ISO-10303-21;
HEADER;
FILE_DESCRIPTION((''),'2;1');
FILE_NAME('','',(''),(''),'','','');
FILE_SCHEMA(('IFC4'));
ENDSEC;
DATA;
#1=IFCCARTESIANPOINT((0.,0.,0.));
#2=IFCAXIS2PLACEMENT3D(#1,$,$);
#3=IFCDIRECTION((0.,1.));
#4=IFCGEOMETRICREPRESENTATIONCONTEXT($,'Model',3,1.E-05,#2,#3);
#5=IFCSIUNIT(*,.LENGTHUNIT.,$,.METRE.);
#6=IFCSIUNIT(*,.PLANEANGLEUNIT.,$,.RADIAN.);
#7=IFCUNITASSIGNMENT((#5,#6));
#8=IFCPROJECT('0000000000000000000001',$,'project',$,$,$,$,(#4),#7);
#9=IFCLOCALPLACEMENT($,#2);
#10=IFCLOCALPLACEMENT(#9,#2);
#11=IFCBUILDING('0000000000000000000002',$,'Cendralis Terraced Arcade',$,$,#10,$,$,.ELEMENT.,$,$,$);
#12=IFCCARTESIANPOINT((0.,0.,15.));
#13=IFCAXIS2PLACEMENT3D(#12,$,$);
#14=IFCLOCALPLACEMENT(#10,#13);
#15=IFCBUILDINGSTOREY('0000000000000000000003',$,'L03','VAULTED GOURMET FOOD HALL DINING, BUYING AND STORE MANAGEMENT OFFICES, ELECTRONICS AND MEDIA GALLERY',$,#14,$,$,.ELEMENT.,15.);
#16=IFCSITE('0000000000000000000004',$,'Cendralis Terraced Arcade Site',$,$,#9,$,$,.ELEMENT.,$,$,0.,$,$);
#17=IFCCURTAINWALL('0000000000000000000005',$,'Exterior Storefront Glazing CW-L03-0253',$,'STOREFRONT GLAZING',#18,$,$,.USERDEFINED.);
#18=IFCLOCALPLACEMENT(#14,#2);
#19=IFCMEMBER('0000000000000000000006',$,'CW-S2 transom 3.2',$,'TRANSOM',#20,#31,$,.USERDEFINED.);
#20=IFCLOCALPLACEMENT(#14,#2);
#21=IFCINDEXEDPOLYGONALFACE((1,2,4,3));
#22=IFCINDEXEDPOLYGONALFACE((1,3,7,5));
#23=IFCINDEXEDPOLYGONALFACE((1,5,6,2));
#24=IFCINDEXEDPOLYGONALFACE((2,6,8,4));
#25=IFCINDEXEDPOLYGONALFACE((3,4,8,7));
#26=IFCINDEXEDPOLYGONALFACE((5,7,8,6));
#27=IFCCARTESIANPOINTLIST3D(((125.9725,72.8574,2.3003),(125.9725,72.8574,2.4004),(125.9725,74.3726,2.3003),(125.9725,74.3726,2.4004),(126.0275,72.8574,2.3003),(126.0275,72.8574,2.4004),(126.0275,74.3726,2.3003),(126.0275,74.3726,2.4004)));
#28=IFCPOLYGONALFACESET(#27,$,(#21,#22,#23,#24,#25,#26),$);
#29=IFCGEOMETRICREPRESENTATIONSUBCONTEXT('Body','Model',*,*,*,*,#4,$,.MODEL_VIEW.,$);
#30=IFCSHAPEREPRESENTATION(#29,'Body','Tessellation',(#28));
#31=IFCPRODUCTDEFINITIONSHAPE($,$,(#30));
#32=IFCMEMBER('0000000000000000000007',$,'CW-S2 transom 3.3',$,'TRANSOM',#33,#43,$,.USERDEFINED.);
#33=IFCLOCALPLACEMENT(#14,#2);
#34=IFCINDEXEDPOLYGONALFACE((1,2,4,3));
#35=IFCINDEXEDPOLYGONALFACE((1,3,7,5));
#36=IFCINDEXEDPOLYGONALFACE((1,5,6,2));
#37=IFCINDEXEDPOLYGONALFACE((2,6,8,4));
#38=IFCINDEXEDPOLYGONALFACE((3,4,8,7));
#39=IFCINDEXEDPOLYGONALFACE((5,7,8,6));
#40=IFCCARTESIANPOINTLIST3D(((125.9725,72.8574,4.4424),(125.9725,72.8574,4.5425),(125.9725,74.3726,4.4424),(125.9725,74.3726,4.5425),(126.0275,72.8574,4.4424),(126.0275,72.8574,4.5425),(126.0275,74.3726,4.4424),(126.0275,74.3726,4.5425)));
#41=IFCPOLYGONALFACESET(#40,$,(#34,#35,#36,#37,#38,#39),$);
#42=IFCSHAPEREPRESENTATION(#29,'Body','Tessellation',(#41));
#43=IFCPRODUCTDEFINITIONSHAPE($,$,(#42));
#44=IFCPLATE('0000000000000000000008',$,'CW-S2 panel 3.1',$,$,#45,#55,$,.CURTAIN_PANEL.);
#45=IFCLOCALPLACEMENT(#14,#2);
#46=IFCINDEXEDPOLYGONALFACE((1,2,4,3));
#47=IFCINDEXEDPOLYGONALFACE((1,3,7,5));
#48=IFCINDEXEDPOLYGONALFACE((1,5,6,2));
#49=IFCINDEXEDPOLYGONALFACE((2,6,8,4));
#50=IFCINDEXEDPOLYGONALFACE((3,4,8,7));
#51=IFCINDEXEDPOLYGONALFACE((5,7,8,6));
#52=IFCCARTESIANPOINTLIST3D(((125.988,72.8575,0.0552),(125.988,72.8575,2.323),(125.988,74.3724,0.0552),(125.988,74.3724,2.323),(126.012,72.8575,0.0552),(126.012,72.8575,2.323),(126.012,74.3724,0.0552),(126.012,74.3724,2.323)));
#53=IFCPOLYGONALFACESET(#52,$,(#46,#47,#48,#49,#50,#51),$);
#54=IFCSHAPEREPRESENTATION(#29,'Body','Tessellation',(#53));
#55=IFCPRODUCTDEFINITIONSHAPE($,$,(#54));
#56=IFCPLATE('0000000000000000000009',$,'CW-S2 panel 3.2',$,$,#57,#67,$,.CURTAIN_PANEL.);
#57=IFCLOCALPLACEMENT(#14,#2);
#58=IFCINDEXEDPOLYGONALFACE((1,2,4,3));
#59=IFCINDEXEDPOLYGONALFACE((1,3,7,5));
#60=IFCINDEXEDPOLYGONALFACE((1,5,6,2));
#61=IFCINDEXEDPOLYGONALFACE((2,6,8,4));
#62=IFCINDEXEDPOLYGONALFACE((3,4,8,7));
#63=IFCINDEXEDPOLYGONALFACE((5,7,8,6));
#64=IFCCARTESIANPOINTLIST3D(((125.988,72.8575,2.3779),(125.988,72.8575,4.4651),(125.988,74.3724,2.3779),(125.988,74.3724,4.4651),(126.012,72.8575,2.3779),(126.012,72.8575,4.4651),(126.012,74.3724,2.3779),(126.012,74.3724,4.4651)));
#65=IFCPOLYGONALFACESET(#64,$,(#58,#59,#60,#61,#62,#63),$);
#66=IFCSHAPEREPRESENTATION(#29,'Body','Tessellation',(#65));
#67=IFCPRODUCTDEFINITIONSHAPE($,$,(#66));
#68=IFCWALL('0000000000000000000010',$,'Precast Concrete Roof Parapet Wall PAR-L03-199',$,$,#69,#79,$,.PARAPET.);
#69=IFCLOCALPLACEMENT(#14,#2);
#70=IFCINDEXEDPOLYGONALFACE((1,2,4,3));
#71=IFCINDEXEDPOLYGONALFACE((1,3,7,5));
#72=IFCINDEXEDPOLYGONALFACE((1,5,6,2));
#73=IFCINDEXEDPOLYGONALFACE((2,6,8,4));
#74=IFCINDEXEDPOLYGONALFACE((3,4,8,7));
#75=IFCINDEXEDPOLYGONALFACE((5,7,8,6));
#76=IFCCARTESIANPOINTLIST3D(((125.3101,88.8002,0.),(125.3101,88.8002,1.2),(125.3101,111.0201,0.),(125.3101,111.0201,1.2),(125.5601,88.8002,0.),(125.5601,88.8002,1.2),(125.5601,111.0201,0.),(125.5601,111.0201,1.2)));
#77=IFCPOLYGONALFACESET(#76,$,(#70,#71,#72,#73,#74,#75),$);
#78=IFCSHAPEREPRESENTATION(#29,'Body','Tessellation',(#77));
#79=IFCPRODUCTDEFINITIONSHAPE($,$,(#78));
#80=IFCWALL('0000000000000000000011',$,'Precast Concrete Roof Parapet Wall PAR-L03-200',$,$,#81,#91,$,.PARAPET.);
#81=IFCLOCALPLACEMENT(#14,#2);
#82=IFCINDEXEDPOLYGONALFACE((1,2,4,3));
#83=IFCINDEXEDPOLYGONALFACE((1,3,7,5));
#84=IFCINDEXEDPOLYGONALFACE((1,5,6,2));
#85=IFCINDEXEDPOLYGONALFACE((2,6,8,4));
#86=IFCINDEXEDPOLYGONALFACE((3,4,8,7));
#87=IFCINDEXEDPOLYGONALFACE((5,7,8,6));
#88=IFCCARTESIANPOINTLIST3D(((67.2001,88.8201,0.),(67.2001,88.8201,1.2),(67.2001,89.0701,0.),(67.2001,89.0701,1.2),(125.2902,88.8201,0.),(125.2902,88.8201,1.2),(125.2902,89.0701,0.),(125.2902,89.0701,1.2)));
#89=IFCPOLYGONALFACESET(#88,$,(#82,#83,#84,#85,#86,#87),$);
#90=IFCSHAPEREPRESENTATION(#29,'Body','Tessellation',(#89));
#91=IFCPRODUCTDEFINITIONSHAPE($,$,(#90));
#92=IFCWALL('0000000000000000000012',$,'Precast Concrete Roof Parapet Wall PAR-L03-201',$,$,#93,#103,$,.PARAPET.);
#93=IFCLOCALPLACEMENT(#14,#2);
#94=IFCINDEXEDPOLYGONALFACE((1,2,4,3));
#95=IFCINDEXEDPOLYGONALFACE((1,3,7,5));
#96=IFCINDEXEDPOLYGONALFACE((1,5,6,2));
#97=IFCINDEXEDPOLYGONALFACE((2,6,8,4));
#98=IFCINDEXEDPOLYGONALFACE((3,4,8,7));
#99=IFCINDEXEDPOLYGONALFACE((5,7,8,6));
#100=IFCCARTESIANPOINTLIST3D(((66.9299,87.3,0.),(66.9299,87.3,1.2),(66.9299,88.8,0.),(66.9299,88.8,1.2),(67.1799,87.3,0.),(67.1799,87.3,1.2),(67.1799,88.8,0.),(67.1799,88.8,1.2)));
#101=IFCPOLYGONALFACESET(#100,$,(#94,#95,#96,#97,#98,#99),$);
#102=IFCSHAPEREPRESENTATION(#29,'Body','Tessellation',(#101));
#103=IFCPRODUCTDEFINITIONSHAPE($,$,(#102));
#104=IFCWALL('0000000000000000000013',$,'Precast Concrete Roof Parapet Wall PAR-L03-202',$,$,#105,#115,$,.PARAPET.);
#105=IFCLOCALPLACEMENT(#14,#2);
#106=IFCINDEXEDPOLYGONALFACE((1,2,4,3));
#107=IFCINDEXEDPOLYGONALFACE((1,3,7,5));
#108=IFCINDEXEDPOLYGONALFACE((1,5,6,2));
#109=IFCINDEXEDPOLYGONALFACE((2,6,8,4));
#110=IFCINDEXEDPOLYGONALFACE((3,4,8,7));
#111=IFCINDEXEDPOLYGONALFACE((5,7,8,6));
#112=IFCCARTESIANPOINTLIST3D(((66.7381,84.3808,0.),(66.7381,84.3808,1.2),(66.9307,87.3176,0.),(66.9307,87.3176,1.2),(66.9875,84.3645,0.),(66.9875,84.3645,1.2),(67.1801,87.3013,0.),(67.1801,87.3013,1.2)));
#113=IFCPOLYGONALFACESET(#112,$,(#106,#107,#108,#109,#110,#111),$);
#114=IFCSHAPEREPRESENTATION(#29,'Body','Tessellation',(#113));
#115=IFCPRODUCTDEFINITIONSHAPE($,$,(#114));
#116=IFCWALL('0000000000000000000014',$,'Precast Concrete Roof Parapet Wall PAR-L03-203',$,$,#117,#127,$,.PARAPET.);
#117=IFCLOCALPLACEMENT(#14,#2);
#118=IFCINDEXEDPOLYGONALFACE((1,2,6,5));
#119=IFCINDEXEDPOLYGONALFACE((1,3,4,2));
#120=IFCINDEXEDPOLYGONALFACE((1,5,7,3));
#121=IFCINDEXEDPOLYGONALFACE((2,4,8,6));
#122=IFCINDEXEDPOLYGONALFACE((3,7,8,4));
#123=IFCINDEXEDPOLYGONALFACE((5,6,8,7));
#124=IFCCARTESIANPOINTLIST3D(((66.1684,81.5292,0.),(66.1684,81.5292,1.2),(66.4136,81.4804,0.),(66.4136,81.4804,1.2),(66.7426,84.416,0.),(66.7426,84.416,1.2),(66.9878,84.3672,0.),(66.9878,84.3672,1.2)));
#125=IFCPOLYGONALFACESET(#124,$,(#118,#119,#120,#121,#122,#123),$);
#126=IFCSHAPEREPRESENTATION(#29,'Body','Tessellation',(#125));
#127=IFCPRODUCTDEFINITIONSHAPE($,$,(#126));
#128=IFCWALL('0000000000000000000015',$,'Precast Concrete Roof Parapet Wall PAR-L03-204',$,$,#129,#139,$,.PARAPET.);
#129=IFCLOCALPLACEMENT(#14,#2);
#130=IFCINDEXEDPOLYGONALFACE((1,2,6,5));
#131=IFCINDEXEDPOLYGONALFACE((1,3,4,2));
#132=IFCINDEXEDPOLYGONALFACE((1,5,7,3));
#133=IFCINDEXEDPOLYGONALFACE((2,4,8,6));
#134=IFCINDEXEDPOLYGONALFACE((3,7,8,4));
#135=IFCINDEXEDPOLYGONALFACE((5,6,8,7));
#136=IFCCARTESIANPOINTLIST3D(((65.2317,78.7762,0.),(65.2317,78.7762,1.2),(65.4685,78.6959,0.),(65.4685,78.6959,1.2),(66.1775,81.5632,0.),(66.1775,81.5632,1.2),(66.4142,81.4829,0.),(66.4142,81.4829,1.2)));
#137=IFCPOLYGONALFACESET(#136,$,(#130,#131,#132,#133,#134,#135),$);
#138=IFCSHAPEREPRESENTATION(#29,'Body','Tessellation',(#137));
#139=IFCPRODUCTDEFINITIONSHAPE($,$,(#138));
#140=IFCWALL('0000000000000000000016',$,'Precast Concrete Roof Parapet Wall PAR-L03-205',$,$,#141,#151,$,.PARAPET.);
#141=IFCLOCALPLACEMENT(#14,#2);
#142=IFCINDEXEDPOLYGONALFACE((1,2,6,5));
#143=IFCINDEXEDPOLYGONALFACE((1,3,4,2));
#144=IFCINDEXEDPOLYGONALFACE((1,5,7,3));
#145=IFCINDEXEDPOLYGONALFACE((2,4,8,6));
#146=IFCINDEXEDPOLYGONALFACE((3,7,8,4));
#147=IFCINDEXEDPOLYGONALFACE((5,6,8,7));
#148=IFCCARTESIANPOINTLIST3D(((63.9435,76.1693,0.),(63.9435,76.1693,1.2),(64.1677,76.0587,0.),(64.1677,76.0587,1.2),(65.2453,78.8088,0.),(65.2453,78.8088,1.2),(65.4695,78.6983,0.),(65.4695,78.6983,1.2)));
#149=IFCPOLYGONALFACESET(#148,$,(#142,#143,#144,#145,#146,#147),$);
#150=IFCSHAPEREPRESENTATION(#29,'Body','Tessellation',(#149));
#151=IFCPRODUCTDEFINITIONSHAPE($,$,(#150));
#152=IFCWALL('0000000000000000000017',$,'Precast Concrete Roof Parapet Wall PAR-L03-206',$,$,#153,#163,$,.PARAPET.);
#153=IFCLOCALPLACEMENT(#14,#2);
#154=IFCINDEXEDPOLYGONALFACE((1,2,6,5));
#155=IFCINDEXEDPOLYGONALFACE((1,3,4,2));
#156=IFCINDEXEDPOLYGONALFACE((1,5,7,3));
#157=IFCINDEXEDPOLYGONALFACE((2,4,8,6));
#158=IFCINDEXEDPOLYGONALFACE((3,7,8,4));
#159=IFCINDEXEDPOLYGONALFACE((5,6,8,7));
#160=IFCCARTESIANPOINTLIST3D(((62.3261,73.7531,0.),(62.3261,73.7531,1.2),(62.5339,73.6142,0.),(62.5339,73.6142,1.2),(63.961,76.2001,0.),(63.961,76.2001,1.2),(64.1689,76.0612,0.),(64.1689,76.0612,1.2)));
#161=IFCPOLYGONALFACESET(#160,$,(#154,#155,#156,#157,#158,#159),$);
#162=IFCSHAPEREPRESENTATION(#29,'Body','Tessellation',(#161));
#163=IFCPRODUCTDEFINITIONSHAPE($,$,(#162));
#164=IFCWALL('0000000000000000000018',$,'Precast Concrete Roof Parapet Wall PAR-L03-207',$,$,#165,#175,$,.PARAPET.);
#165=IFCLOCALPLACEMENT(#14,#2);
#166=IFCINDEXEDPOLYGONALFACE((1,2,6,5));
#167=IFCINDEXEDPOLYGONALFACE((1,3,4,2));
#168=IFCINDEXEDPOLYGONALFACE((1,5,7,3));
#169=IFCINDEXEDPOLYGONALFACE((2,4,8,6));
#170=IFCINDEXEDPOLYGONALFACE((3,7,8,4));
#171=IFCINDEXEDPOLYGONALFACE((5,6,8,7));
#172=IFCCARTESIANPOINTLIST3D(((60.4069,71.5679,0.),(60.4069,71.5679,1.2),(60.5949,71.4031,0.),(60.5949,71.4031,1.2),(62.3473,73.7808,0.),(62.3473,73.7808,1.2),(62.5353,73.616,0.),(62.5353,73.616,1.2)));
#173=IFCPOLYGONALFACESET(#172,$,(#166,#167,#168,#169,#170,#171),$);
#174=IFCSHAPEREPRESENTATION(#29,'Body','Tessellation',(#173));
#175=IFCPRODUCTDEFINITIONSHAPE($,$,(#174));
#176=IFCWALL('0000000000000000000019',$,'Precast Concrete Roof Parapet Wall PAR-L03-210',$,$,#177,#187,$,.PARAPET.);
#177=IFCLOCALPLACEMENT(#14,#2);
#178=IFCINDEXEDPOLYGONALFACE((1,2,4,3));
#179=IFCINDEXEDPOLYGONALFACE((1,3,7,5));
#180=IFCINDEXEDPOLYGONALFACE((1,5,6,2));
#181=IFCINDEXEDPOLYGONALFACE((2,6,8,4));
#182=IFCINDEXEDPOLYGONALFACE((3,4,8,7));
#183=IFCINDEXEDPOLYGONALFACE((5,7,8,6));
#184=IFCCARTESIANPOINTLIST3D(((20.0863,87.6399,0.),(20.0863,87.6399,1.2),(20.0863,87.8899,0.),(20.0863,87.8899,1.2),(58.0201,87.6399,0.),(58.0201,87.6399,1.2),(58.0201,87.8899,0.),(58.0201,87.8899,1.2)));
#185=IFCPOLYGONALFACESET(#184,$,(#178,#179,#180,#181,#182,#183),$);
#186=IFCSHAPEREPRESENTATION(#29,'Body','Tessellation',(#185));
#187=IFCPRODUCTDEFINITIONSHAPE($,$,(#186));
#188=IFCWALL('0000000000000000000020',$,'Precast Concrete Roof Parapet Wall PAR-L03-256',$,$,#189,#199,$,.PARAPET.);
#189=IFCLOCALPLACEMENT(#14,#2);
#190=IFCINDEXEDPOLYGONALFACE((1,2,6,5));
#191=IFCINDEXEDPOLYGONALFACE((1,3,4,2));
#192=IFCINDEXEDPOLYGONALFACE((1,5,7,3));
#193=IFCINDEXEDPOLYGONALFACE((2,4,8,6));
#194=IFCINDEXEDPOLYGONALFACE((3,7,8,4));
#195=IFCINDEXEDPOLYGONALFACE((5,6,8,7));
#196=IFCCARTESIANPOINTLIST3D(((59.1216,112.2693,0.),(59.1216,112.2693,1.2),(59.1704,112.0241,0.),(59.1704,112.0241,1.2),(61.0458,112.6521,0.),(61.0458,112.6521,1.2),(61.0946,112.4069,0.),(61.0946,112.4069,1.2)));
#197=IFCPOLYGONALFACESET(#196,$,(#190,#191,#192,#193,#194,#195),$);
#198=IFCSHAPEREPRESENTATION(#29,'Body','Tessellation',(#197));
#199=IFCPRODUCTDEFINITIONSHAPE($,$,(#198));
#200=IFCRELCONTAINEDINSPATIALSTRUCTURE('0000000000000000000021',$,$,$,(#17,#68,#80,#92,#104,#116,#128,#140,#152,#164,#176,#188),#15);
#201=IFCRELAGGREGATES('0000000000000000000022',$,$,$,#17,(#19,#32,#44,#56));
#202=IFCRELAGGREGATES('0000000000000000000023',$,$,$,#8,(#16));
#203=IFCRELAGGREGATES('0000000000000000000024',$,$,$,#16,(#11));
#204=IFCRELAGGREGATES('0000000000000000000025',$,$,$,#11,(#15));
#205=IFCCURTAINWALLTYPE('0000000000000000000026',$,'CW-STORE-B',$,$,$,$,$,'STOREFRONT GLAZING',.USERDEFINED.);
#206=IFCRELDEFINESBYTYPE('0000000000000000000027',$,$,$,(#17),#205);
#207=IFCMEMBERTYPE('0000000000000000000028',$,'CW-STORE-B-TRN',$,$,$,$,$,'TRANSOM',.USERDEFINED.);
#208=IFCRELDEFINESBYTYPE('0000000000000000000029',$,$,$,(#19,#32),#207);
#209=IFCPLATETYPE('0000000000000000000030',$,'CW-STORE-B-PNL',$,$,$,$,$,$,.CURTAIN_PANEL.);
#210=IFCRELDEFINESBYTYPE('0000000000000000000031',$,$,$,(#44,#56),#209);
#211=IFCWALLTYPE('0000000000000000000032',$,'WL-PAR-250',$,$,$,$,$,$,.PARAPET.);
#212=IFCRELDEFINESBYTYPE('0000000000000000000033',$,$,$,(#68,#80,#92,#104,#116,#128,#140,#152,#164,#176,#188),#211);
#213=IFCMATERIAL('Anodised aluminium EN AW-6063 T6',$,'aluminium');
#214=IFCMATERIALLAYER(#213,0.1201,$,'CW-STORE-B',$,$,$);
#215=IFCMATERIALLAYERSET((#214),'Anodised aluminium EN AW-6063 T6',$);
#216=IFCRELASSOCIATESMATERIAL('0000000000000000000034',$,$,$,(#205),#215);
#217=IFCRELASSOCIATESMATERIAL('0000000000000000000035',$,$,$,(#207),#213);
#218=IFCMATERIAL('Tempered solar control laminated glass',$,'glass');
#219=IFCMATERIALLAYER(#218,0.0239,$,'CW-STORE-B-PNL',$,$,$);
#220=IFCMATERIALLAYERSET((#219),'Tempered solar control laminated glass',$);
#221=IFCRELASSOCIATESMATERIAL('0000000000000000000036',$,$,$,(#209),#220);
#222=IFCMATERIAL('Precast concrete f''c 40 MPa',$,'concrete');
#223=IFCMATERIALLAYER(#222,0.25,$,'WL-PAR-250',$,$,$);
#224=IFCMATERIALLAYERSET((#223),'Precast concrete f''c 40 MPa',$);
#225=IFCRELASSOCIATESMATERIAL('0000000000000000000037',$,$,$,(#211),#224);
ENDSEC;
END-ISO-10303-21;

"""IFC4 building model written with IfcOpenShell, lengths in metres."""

from ifc_helpers import new_model, si_unit, direction, frame, frame_2d, origin, origin_2d, place, context, subcontext, project, spatial, rectangle, extrude, material, layer, layer_set, material_profile, profile_set, type_object, element, aggregate, save


model = new_model("IFC4")

# Units and contexts
model_context = context("Model", 3, precision=1e-05, world=origin(), true_north=direction((0.0, 1.0)))
body_context = subcontext(model_context, "Body", "Model", "MODEL_VIEW")
ifc_project = project(units=[si_unit("LENGTHUNIT", "METRE"), si_unit("PLANEANGLEUNIT", "RADIAN")], contexts=[model_context])

# Site, building, storey
site_placement = place(None, origin())
site = spatial("IfcSite", under=ifc_project, at=site_placement, Name="Cendralis Terraced Arcade Site", CompositionType="ELEMENT", RefElevation=0.0)
building_placement = place(site_placement, origin())
building = spatial("IfcBuilding", under=site, at=building_placement, Name="Cendralis Terraced Arcade", CompositionType="ELEMENT")
storey_placement = place(building_placement, frame((0.0, 0.0, 15.0)))
storey = spatial("IfcBuildingStorey", under=building, at=storey_placement, Name="L03", Description="VAULTED GOURMET FOOD HALL DINING, BUYING AND STORE MANAGEMENT OFFICES, ELECTRONICS AND MEDIA GALLERY", CompositionType="ELEMENT", Elevation=15.0)

# Curtain wall, members, plates
ifc_material_1 = material(Name="Anodised aluminium EN AW-6063 T6", Category="aluminium")
ifc_layer_1 = layer(ifc_material_1, 0.1201, Name="CW-STORE-B")
ifc_layer_set_1 = layer_set([ifc_layer_1], Name="Anodised aluminium EN AW-6063 T6")
curtain_wall_type = type_object("IfcCurtainWallType", Name="CW-STORE-B", ElementType="STOREFRONT GLAZING", PredefinedType="USERDEFINED", material=ifc_layer_set_1)
curtain_wall_placement = place(storey_placement, origin())
curtain_wall = element("IfcCurtainWall", 1, at=curtain_wall_placement, inside=storey, type_object=curtain_wall_type, Name="Exterior Storefront Glazing CW-L03-0253", ObjectType="STOREFRONT GLAZING", PredefinedType="USERDEFINED")
ifc_material_profile = material_profile(ifc_material_1, rectangle(XDim=0.0549, YDim=0.1001, at=origin_2d()), Name="ALU-TRN-55x100")
ifc_profile_set = profile_set([ifc_material_profile], Name="Anodised aluminium EN AW-6063 T6")
member_type = type_object("IfcMemberType", Name="CW-STORE-B-TRN", ElementType="TRANSOM", PredefinedType="USERDEFINED", material=ifc_profile_set)
member_1_placement = place(storey_placement, frame((126.0, 72.8574, 2.3503), z_axis=(0.0, 1.0, 0.0), x_axis=(-1.0, 0.0, 0.0)))
member_1 = element("IfcMember", 2, at=member_1_placement, type_object=member_type, Name="CW-S2 transom 3.2", ObjectType="TRANSOM", PredefinedType="USERDEFINED", context=body_context, shape_type="SweptSolid", body=[
    extrude(rectangle(XDim=0.0549, YDim=0.1001, at=origin_2d()), origin(), (0.0, 0.0, 1.0), 1.5151),
])
member_2_placement = place(storey_placement, frame((126.0, 72.8574, 4.4924), z_axis=(0.0, 1.0, 0.0), x_axis=(-1.0, 0.0, 0.0)))
member_2 = element("IfcMember", 3, at=member_2_placement, type_object=member_type, Name="CW-S2 transom 3.3", ObjectType="TRANSOM", PredefinedType="USERDEFINED", context=body_context, shape_type="SweptSolid", body=[
    extrude(rectangle(XDim=0.0549, YDim=0.1001, at=origin_2d()), origin(), (0.0, 0.0, 1.0), 1.5151),
])
ifc_material_2 = material(Name="Tempered solar control laminated glass", Category="glass")
ifc_layer_2 = layer(ifc_material_2, 0.0239, Name="CW-STORE-B-PNL")
ifc_layer_set_2 = layer_set([ifc_layer_2], Name="Tempered solar control laminated glass")
plate_type = type_object("IfcPlateType", Name="CW-STORE-B-PNL", PredefinedType="CURTAIN_PANEL", material=ifc_layer_set_2)
plate_1_placement = place(storey_placement, frame((126.0, 73.615, 0.0552), z_axis=(0.0, 0.0, 1.0), x_axis=(0.0, 1.0, 0.0)))
plate_1 = element("IfcPlate", 4, at=plate_1_placement, type_object=plate_type, Name="CW-S2 panel 3.1", PredefinedType="CURTAIN_PANEL", context=body_context, shape_type="SweptSolid", body=[
    extrude(rectangle(XDim=1.5149, YDim=0.0239, at=origin_2d()), origin(), (0.0, 0.0, 1.0), 2.2678),
])
plate_2_placement = place(storey_placement, frame((126.0, 73.615, 2.3779), z_axis=(0.0, 0.0, 1.0), x_axis=(0.0, 1.0, 0.0)))
plate_2 = element("IfcPlate", 5, at=plate_2_placement, type_object=plate_type, Name="CW-S2 panel 3.2", PredefinedType="CURTAIN_PANEL", context=body_context, shape_type="SweptSolid", body=[
    extrude(rectangle(XDim=1.5149, YDim=0.0239, at=origin_2d()), origin(), (0.0, 0.0, 1.0), 2.0872),
])
aggregate(curtain_wall, [member_1, member_2, plate_1, plate_2])

# Walls
ifc_material_3 = material(Name="Precast concrete f'c 40 MPa", Category="concrete")
ifc_layer_3 = layer(ifc_material_3, 0.25, Name="WL-PAR-250")
ifc_layer_set_3 = layer_set([ifc_layer_3], Name="Precast concrete f'c 40 MPa")
wall_type = type_object("IfcWallType", Name="WL-PAR-250", PredefinedType="PARAPET", material=ifc_layer_set_3)
wall_1_placement = place(storey_placement, frame((125.4351, 111.02, 0.0), z_axis=(0.0, 0.0, 1.0), x_axis=(0.0, -1.0, 0.0)))
element("IfcWall", 6, at=wall_1_placement, inside=storey, type_object=wall_type, Name="Precast Concrete Roof Parapet Wall PAR-L03-199", PredefinedType="PARAPET", context=body_context, shape_type="SweptSolid", body=[
    extrude(rectangle(XDim=22.22, YDim=0.25, at=frame_2d((11.1099, 0.0))), origin(), (0.0, 0.0, 1.0), 1.2),
])
wall_2_placement = place(storey_placement, frame((125.29, 88.9451, 0.0), z_axis=(0.0, 0.0, 1.0), x_axis=(-1.0, 0.0, 0.0)))
element("IfcWall", 7, at=wall_2_placement, inside=storey, type_object=wall_type, Name="Precast Concrete Roof Parapet Wall PAR-L03-200", PredefinedType="PARAPET", context=body_context, shape_type="SweptSolid", body=[
    extrude(rectangle(XDim=58.0901, YDim=0.25, at=frame_2d((29.0449, 0.0))), origin(), (0.0, 0.0, 1.0), 1.2),
])
wall_3_placement = place(storey_placement, frame((67.0549, 88.8, 0.0), z_axis=(0.0, 0.0, 1.0), x_axis=(0.0, -1.0, 0.0)))
element("IfcWall", 8, at=wall_3_placement, inside=storey, type_object=wall_type, Name="Precast Concrete Roof Parapet Wall PAR-L03-201", PredefinedType="PARAPET", context=body_context, shape_type="SweptSolid", body=[
    extrude(rectangle(XDim=1.5, YDim=0.25, at=frame_2d((0.75, 0.0))), origin(), (0.0, 0.0, 1.0), 1.2),
])
wall_4_placement = place(storey_placement, frame((67.0554, 87.3096, 0.0), z_axis=(0.0, 0.0, 1.0), x_axis=(-0.065451, -0.997856, 0.0)))
element("IfcWall", 9, at=wall_4_placement, inside=storey, type_object=wall_type, Name="Precast Concrete Roof Parapet Wall PAR-L03-202", PredefinedType="PARAPET", context=body_context, shape_type="SweptSolid", body=[
    extrude(rectangle(XDim=2.9431, YDim=0.25, at=frame_2d((1.4717, 0.0))), origin(), (0.0, 0.0, 1.0), 1.2),
])
wall_5_placement = place(storey_placement, frame((66.8652, 84.3916, 0.0), z_axis=(0.0, 0.0, 1.0), x_axis=(-0.195095, -0.980784, 0.0)))
element("IfcWall", 10, at=wall_5_placement, inside=storey, type_object=wall_type, Name="Precast Concrete Roof Parapet Wall PAR-L03-203", PredefinedType="PARAPET", context=body_context, shape_type="SweptSolid", body=[
    extrude(rectangle(XDim=2.9434, YDim=0.25, at=frame_2d((1.4717, 0.0))), origin(), (0.0, 0.0, 1.0), 1.2),
])
for number, where, z_axis, x_axis, name in (
    (11, (66.2959, 81.5232, 0.0), (0.0, 0.0, 1.0), (-0.321349, -0.946961, 0.0), "Precast Concrete Roof Parapet Wall PAR-L03-204"),
    (12, (65.3574, 78.7537, 0.0), (0.0, 0.0, 1.0), (-0.442296, -0.896869, 0.0), "Precast Concrete Roof Parapet Wall PAR-L03-205"),
):
    element("IfcWall", number, at=place(storey_placement, frame(where, z_axis=z_axis, x_axis=x_axis)), inside=storey, type_object=wall_type, Name=name, PredefinedType="PARAPET", context=body_context, shape_type="SweptSolid", body=[
        extrude(rectangle(XDim=2.9431, YDim=0.25, at=frame_2d((1.4717, 0.0))), origin(), (0.0, 0.0, 1.0), 1.2),
    ])
wall_6_placement = place(storey_placement, frame((64.0649, 76.1306, 0.0), z_axis=(0.0, 0.0, 1.0), x_axis=(-0.555561, -0.831476, 0.0)))
element("IfcWall", 13, at=wall_6_placement, inside=storey, type_object=wall_type, Name="Precast Concrete Roof Parapet Wall PAR-L03-206", PredefinedType="PARAPET", context=body_context, shape_type="SweptSolid", body=[
    extrude(rectangle(XDim=2.9429, YDim=0.25, at=frame_2d((1.4714, 0.0))), origin(), (0.0, 0.0, 1.0), 1.2),
])
wall_7_placement = place(storey_placement, frame((62.4414, 73.6985, 0.0), z_axis=(0.0, 0.0, 1.0), x_axis=(-0.659303, -0.751877, 0.0)))
element("IfcWall", 14, at=wall_7_placement, inside=storey, type_object=wall_type, Name="Precast Concrete Roof Parapet Wall PAR-L03-207", PredefinedType="PARAPET", context=body_context, shape_type="SweptSolid", body=[
    extrude(rectangle(XDim=2.9431, YDim=0.25, at=frame_2d((1.4717, 0.0))), origin(), (0.0, 0.0, 1.0), 1.2),
])
wall_8_placement = place(storey_placement, frame((58.02, 87.7649, 0.0), z_axis=(0.0, 0.0, 1.0), x_axis=(-1.0, 0.0, 0.0)))
element("IfcWall", 15, at=wall_8_placement, inside=storey, type_object=wall_type, Name="Precast Concrete Roof Parapet Wall PAR-L03-210", PredefinedType="PARAPET", context=body_context, shape_type="SweptSolid", body=[
    extrude(rectangle(XDim=37.9338, YDim=0.25, at=frame_2d((18.9668, 0.0))), origin(), (0.0, 0.0, 1.0), 1.2),
])
wall_9_placement = place(storey_placement, frame((59.146, 112.1467, 0.0), z_axis=(0.0, 0.0, 1.0), x_axis=(0.980781, 0.195111, 0.0)))
element("IfcWall", 16, at=wall_9_placement, inside=storey, type_object=wall_type, Name="Precast Concrete Roof Parapet Wall PAR-L03-256", PredefinedType="PARAPET", context=body_context, shape_type="SweptSolid", body=[
    extrude(rectangle(XDim=1.9619, YDim=0.25, at=frame_2d((0.981, 0.0))), origin(), (0.0, 0.0, 1.0), 1.2),
])

save(model, "model.ifc")
